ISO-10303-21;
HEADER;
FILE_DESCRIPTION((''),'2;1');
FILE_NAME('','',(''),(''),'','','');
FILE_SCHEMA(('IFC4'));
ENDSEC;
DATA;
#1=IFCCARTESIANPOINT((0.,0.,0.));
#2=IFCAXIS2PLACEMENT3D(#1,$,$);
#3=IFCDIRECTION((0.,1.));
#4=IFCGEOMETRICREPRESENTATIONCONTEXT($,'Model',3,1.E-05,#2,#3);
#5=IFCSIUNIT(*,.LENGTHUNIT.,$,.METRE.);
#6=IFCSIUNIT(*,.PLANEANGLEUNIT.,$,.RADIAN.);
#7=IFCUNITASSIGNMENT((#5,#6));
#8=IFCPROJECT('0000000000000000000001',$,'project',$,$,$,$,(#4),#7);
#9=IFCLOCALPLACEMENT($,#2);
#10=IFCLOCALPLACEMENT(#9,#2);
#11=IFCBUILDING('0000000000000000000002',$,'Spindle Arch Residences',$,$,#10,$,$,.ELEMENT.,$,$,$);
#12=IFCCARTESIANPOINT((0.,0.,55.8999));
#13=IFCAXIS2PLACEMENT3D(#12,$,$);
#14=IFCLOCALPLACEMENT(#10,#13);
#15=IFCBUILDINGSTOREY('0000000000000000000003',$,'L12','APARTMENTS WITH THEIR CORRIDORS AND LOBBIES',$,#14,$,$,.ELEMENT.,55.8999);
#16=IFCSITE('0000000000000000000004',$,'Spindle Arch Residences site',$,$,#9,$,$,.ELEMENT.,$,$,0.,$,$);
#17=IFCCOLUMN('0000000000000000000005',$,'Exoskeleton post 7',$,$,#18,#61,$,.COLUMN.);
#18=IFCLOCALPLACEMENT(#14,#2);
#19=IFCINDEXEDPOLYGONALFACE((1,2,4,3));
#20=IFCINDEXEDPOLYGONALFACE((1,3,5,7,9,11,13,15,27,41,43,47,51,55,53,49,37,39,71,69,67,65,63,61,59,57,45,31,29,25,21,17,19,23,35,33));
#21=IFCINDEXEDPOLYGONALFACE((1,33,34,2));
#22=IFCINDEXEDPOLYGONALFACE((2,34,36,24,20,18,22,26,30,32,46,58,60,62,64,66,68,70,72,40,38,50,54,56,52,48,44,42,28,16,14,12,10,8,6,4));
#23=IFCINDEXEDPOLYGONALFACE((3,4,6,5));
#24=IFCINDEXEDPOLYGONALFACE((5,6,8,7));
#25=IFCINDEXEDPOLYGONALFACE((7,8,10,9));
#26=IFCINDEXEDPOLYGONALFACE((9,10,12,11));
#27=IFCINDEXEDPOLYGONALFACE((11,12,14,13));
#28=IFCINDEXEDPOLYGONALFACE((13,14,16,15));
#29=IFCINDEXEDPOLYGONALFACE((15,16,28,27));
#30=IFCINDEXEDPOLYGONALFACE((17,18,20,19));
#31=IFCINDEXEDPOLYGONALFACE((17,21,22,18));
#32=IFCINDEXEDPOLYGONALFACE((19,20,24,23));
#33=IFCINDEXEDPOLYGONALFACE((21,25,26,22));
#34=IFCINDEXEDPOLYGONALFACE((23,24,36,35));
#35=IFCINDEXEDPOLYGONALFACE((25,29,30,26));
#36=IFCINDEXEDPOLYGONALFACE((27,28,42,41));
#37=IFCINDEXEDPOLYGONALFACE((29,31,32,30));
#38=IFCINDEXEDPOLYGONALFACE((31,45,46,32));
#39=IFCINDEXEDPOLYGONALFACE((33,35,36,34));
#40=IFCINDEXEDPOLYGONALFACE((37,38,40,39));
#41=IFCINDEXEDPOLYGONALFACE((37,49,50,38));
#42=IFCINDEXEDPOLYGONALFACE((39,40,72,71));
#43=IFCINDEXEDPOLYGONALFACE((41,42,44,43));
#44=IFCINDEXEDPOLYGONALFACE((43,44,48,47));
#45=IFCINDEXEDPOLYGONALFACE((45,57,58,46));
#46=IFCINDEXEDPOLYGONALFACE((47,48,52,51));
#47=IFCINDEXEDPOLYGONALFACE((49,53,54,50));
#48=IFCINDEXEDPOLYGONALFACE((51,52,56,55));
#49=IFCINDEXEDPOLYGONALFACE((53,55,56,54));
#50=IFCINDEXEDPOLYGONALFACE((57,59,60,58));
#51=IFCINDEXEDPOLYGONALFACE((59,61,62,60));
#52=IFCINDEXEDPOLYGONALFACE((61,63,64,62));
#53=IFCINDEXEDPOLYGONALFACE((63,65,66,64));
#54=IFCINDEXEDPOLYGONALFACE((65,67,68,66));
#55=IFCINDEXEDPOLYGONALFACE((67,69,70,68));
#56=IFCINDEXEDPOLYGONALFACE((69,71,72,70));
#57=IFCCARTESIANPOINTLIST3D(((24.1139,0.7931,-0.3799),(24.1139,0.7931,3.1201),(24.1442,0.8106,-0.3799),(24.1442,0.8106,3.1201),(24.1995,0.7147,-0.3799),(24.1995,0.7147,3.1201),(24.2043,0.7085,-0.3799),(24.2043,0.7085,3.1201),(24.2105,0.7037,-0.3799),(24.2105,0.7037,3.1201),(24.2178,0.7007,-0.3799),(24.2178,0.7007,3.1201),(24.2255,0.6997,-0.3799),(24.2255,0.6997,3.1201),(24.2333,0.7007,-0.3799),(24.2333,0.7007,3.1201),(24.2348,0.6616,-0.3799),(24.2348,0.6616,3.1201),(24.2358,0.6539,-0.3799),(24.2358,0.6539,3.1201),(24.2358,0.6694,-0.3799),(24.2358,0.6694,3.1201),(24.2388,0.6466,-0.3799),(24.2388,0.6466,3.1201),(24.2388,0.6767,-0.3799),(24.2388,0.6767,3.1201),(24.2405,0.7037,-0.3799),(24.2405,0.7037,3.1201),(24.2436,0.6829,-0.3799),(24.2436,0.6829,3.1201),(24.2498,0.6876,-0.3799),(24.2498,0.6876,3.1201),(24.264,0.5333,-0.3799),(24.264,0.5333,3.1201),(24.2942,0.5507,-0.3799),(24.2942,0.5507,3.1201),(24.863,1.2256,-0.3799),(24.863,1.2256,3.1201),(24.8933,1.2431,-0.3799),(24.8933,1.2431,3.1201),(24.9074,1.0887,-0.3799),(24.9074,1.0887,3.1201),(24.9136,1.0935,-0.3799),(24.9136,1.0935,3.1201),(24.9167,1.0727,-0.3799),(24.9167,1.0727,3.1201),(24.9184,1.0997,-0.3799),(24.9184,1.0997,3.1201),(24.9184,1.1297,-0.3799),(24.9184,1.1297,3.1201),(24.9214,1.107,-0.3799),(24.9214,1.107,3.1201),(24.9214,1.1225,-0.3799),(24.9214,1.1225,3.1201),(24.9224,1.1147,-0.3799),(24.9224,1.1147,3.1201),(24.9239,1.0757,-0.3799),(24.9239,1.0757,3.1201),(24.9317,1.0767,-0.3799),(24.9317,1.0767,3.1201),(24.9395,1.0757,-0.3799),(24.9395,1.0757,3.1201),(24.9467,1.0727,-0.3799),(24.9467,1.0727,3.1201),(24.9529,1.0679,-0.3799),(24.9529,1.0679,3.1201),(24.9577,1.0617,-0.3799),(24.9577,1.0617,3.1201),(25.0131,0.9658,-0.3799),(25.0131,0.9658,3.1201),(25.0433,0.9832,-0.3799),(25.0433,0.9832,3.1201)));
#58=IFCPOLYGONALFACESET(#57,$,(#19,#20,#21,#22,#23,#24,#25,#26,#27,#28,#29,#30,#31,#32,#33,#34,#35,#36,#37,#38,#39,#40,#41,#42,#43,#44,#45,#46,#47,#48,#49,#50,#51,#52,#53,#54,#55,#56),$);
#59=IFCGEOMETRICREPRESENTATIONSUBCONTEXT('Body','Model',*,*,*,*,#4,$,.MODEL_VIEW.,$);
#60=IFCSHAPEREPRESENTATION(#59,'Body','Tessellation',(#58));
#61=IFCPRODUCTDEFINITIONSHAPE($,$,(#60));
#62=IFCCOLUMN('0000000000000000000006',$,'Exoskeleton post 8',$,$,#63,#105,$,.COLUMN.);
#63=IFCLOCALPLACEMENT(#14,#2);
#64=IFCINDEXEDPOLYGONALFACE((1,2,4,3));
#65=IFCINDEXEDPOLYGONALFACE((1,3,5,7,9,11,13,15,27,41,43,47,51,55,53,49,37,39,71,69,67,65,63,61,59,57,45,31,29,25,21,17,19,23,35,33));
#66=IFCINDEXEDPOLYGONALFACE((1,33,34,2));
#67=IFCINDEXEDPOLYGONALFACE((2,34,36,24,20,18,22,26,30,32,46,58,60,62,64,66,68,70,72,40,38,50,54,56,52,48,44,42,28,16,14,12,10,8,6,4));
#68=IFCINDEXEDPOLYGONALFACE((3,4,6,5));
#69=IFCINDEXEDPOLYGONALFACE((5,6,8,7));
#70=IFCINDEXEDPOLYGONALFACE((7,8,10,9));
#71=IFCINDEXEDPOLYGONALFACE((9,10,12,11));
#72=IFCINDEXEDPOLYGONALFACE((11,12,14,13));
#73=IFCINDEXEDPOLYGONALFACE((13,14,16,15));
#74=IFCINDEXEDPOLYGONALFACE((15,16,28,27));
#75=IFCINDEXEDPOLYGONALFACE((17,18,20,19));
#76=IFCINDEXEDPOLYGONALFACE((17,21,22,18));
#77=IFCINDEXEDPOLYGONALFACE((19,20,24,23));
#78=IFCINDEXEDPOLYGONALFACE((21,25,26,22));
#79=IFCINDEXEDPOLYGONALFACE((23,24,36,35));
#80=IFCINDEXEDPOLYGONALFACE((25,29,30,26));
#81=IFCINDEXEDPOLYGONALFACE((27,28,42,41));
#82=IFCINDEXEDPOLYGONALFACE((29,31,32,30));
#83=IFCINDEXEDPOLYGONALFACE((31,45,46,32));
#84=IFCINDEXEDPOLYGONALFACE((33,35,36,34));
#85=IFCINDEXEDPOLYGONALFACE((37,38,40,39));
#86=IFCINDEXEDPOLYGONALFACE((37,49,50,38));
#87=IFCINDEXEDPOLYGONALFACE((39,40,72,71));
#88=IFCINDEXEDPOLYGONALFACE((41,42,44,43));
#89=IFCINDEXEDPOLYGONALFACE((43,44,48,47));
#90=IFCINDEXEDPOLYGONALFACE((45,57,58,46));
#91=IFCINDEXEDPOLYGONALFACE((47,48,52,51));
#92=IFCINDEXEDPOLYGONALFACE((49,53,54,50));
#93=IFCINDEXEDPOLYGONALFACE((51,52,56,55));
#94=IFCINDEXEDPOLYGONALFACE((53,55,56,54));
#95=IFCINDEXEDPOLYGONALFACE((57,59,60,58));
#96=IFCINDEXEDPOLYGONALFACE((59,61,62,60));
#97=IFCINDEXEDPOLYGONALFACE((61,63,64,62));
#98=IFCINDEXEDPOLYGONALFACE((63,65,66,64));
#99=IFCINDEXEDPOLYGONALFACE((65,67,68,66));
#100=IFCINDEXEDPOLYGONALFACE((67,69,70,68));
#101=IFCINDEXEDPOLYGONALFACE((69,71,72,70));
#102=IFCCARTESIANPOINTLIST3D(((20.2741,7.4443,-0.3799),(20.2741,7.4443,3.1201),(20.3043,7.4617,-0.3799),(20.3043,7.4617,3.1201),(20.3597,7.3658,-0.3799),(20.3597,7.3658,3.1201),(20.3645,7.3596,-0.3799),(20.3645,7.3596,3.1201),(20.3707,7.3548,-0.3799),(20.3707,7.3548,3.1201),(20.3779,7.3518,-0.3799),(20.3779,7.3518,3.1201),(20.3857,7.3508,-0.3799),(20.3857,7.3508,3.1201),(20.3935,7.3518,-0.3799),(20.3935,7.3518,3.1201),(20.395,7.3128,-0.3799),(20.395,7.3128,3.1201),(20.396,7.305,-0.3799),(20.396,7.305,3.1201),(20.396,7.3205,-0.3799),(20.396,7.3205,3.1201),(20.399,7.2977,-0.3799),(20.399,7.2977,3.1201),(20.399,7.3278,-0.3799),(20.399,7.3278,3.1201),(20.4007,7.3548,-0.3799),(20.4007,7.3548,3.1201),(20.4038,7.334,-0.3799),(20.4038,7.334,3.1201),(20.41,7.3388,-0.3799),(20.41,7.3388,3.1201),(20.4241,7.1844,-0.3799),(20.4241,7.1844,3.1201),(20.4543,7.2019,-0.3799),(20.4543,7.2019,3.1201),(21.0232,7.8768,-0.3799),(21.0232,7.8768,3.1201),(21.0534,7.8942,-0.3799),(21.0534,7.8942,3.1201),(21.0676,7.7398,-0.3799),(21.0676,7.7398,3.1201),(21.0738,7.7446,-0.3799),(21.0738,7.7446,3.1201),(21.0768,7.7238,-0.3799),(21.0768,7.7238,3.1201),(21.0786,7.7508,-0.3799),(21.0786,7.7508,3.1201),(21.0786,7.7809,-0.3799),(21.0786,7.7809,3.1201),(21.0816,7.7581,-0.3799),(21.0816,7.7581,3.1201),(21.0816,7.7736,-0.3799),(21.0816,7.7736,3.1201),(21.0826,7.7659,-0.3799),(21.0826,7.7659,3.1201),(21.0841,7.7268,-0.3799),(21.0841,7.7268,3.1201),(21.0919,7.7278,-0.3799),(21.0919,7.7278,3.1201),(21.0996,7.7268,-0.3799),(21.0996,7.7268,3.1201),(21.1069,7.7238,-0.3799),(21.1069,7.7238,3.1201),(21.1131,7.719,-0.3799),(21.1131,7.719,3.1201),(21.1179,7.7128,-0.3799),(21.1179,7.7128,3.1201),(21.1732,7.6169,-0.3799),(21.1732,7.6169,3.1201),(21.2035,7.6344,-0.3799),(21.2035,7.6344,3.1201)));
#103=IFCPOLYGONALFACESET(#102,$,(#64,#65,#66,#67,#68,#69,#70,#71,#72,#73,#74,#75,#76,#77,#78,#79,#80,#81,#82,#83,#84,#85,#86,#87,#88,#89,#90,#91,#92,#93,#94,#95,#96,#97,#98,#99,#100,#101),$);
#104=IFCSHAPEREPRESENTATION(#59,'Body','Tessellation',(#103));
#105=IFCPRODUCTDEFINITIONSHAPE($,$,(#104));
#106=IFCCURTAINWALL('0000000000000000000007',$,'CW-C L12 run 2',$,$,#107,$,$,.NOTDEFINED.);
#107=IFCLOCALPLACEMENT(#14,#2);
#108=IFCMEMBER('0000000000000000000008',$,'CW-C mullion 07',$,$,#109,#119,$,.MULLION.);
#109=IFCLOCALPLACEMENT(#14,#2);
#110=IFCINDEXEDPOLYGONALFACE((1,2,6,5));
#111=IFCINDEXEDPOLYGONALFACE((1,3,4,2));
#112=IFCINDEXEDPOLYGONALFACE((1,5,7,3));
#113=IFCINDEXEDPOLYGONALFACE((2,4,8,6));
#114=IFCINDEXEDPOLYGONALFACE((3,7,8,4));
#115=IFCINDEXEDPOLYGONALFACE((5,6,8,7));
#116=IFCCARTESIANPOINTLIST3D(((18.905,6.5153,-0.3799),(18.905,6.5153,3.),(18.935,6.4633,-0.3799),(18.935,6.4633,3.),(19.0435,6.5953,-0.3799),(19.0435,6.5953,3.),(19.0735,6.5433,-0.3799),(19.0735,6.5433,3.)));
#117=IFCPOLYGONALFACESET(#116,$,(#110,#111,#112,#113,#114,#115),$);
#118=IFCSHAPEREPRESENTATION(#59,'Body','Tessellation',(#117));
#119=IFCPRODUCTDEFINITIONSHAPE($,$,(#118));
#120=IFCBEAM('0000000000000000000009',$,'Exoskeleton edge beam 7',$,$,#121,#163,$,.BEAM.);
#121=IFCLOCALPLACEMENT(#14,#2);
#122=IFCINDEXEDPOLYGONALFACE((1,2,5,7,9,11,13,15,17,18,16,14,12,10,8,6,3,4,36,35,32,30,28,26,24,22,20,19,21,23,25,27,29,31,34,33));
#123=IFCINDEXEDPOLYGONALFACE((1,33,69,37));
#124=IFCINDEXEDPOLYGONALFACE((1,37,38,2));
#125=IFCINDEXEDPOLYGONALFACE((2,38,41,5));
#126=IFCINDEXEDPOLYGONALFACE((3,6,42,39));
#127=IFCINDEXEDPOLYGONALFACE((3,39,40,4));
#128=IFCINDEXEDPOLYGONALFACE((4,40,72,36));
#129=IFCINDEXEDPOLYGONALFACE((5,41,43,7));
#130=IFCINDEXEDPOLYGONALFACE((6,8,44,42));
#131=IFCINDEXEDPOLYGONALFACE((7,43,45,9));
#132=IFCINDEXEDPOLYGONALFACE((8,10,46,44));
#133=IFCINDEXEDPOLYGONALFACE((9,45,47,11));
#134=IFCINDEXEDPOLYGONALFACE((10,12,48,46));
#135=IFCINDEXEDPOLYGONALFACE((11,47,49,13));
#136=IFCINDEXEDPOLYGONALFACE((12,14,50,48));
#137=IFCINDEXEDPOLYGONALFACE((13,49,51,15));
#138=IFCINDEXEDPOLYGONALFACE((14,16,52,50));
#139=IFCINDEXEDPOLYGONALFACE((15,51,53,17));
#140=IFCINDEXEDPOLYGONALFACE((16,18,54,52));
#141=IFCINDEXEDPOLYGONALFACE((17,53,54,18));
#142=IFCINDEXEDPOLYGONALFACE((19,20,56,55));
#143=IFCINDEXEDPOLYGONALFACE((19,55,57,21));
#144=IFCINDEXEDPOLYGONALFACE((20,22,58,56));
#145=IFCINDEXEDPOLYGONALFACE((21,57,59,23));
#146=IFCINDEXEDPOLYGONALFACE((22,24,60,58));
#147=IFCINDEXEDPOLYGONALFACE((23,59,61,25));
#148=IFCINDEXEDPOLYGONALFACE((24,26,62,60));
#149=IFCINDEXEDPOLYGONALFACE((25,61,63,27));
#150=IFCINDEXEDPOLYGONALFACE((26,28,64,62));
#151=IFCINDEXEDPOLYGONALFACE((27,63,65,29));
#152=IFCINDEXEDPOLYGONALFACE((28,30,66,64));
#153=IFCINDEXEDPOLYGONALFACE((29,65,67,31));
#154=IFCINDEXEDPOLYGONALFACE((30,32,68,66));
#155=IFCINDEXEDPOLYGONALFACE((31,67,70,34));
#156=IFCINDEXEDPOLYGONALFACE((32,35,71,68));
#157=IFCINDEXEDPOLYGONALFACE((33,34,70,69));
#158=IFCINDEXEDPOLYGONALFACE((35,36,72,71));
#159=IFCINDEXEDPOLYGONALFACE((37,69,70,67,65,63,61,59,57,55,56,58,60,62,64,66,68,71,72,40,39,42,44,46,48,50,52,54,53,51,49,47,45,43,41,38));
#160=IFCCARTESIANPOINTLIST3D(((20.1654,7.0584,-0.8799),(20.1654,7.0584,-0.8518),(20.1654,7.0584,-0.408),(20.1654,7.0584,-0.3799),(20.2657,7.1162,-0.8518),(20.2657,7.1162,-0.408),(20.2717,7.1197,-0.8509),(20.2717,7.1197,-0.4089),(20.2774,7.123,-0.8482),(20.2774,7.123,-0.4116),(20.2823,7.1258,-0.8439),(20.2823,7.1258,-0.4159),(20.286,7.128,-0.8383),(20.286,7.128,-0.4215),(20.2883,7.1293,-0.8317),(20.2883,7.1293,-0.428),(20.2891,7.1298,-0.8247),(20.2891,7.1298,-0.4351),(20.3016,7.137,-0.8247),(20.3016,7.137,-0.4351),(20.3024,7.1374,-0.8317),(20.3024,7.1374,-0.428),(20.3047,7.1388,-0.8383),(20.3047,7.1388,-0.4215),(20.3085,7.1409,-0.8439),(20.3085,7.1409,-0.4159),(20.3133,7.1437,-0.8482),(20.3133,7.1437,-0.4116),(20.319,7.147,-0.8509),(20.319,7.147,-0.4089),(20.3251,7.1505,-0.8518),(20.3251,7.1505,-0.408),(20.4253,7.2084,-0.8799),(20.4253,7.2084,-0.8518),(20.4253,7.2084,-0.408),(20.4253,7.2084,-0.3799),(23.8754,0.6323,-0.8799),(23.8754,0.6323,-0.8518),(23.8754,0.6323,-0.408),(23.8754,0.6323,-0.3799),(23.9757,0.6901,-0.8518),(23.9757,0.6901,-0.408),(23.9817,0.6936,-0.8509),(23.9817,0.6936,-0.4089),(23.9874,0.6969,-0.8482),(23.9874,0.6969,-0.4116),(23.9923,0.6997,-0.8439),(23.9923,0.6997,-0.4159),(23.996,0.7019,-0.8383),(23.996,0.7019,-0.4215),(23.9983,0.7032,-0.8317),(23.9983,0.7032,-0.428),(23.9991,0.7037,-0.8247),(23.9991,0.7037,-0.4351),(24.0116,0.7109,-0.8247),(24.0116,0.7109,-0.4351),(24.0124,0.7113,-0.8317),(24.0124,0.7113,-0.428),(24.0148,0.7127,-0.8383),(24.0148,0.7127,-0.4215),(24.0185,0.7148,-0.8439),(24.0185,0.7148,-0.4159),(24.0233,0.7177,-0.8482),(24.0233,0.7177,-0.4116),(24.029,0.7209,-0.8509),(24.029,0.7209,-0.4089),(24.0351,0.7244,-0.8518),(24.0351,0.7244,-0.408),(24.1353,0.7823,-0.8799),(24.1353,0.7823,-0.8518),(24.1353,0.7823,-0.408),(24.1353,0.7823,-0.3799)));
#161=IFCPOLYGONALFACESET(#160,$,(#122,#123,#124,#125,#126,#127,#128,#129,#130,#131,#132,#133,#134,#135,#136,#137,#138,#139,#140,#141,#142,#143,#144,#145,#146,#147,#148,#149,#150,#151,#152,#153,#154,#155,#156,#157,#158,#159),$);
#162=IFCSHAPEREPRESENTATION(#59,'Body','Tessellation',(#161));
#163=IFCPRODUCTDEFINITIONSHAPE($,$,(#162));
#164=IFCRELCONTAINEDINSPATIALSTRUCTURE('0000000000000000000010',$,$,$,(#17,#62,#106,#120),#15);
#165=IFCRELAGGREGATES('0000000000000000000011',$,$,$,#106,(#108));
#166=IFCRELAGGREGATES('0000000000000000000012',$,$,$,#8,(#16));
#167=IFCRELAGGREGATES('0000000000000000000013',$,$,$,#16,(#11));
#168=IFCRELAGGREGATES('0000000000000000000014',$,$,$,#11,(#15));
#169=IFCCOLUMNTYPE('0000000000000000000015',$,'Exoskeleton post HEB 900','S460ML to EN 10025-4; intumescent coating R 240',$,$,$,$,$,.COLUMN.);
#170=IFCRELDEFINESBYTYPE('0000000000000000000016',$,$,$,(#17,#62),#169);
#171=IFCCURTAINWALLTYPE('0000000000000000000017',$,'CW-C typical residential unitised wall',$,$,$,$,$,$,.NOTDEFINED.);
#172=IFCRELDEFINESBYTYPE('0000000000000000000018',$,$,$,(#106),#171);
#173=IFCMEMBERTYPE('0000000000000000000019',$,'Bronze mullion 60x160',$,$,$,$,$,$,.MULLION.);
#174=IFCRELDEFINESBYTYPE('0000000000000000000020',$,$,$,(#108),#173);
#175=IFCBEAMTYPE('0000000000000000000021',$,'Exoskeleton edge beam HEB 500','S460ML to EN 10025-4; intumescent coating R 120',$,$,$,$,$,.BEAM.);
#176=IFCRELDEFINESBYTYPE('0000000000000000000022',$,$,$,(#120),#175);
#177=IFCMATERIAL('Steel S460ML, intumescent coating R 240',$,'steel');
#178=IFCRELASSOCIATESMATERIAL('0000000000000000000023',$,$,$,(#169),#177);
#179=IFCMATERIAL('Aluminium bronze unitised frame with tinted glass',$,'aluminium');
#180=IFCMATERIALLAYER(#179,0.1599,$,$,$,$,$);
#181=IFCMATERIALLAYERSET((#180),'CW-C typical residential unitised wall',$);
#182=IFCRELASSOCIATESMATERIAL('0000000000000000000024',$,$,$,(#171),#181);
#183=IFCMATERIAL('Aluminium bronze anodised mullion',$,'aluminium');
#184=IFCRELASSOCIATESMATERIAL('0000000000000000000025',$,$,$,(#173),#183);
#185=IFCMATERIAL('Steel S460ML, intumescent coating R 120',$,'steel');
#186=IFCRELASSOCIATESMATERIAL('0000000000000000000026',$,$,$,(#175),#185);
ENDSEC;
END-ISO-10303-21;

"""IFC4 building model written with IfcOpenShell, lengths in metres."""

from ifc_helpers import new_model, si_unit, direction, frame, origin, origin_2d, place, context, subcontext, project, spatial, rectangle, i_section, extrude, material, layer, layer_set, material_profile, profile_set, type_object, element, aggregate, save


model = new_model("IFC4")

# Units and contexts
model_context = context("Model", 3, precision=1e-05, world=origin(), true_north=direction((0.0, 1.0)))
body_context = subcontext(model_context, "Body", "Model", "MODEL_VIEW")
ifc_project = project(units=[si_unit("LENGTHUNIT", "METRE"), si_unit("PLANEANGLEUNIT", "RADIAN")], contexts=[model_context])

# Site, building, storey
site_placement = place(None, origin())
site = spatial("IfcSite", under=ifc_project, at=site_placement, Name="Spindle Arch Residences site", CompositionType="ELEMENT", RefElevation=0.0)
building_placement = place(site_placement, origin())
building = spatial("IfcBuilding", under=site, at=building_placement, Name="Spindle Arch Residences", CompositionType="ELEMENT")
storey_placement = place(building_placement, frame((0.0, 0.0, 55.8999)))
storey = spatial("IfcBuildingStorey", under=building, at=storey_placement, Name="L12", Description="APARTMENTS WITH THEIR CORRIDORS AND LOBBIES", CompositionType="ELEMENT", Elevation=55.8999)

# Columns
ifc_material_1 = material(Name="Steel S460ML, intumescent coating R 240", Category="steel")
ifc_material_profile_1 = material_profile(ifc_material_1, i_section(OverallWidth=0.3, OverallDepth=0.8999, WebThickness=0.0186, FlangeThickness=0.0349, FilletRadius=0.03, at=origin_2d()), Name="HEB 900")
ifc_profile_set_1 = profile_set([ifc_material_profile_1], Name="Steel S460ML, intumescent coating R 240")
column_type = type_object("IfcColumnType", Name="Exoskeleton post HEB 900", Description="S460ML to EN 10025-4; intumescent coating R 240", PredefinedType="COLUMN", material=ifc_profile_set_1)
for number, where, z_axis, x_axis, name in (
    (1, (24.5786, 0.8882, -0.3799), (0.0, 0.0, 1.0), (0.5, -0.866025, 0.0), "Exoskeleton post 7"),
    (2, (20.7388, 7.5393, -0.3799), (0.0, 0.0, 1.0), (0.5, -0.866025, 0.0), "Exoskeleton post 8"),
):
    element("IfcColumn", number, at=place(storey_placement, frame(where, z_axis=z_axis, x_axis=x_axis)), inside=storey, type_object=column_type, Name=name, PredefinedType="COLUMN", context=body_context, shape_type="SweptSolid", body=[
        extrude(i_section(OverallWidth=0.3, OverallDepth=0.8999, WebThickness=0.0186, FlangeThickness=0.0349, FilletRadius=0.03, at=origin_2d()), origin(), (0.0, 0.0, 1.0), 3.5),
    ])

# Curtain wall, member
ifc_material_2 = material(Name="Aluminium bronze unitised frame with tinted glass", Category="aluminium")
ifc_layer_1 = layer(ifc_material_2, 0.1599)
ifc_layer_set_1 = layer_set([ifc_layer_1], Name="CW-C typical residential unitised wall")
curtain_wall_type = type_object("IfcCurtainWallType", Name="CW-C typical residential unitised wall", PredefinedType="NOTDEFINED", material=ifc_layer_set_1)
curtain_wall_placement = place(storey_placement, origin())
curtain_wall = element("IfcCurtainWall", 3, at=curtain_wall_placement, inside=storey, type_object=curtain_wall_type, Name="CW-C L12 run 2", PredefinedType="NOTDEFINED")
ifc_material_3 = material(Name="Aluminium bronze anodised mullion", Category="aluminium")
ifc_material_profile_2 = material_profile(ifc_material_3, rectangle(XDim=0.1599, YDim=0.0601, at=origin_2d()), Name="MU 60x160")
ifc_profile_set_2 = profile_set([ifc_material_profile_2], Name="Aluminium bronze anodised mullion")
member_type = type_object("IfcMemberType", Name="Bronze mullion 60x160", PredefinedType="MULLION", material=ifc_profile_set_2)
member_placement = place(storey_placement, frame((18.9893, 6.5293, -0.3799), z_axis=(0.0, 0.0, 1.0), x_axis=(-0.866025, -0.5, 0.0)))
member = element("IfcMember", 4, at=member_placement, type_object=member_type, Name="CW-C mullion 07", PredefinedType="MULLION", context=body_context, shape_type="SweptSolid", body=[
    extrude(rectangle(XDim=0.1599, YDim=0.0601, at=origin_2d()), origin(), (0.0, 0.0, 1.0), 3.3799),
])

# Beam
ifc_material_4 = material(Name="Steel S460ML, intumescent coating R 120", Category="steel")
ifc_material_profile_3 = material_profile(ifc_material_4, i_section(OverallWidth=0.3, OverallDepth=0.5, WebThickness=0.0144, FlangeThickness=0.0281, FilletRadius=0.0271, at=origin_2d()), Name="HEB 500")
ifc_profile_set_3 = profile_set([ifc_material_profile_3], Name="Steel S460ML, intumescent coating R 120")
beam_type_1 = type_object("IfcBeamType", Name="Exoskeleton edge beam HEB 500", Description="S460ML to EN 10025-4; intumescent coating R 120", PredefinedType="BEAM", material=ifc_profile_set_3)
for number, where, z_axis, x_axis, name in (
    (5, (24.0054, 0.7073, -0.6299), (-0.499989, 0.866032, 0.0), (-0.866032, -0.499989, 0.0), "Exoskeleton edge beam 7"),
):
    element("IfcBeam", number, at=place(storey_placement, frame(where, z_axis=z_axis, x_axis=x_axis)), inside=storey, type_object=beam_type_1, Name=name, PredefinedType="BEAM", context=body_context, shape_type="SweptSolid", body=[
        extrude(i_section(OverallWidth=0.3, OverallDepth=0.5, WebThickness=0.0144, FlangeThickness=0.0281, FilletRadius=0.0271, at=origin_2d()), origin(), (0.0, 0.0, 1.0), 7.4202),
    ])

aggregate(curtain_wall, [member])

save(model, "model.ifc")
